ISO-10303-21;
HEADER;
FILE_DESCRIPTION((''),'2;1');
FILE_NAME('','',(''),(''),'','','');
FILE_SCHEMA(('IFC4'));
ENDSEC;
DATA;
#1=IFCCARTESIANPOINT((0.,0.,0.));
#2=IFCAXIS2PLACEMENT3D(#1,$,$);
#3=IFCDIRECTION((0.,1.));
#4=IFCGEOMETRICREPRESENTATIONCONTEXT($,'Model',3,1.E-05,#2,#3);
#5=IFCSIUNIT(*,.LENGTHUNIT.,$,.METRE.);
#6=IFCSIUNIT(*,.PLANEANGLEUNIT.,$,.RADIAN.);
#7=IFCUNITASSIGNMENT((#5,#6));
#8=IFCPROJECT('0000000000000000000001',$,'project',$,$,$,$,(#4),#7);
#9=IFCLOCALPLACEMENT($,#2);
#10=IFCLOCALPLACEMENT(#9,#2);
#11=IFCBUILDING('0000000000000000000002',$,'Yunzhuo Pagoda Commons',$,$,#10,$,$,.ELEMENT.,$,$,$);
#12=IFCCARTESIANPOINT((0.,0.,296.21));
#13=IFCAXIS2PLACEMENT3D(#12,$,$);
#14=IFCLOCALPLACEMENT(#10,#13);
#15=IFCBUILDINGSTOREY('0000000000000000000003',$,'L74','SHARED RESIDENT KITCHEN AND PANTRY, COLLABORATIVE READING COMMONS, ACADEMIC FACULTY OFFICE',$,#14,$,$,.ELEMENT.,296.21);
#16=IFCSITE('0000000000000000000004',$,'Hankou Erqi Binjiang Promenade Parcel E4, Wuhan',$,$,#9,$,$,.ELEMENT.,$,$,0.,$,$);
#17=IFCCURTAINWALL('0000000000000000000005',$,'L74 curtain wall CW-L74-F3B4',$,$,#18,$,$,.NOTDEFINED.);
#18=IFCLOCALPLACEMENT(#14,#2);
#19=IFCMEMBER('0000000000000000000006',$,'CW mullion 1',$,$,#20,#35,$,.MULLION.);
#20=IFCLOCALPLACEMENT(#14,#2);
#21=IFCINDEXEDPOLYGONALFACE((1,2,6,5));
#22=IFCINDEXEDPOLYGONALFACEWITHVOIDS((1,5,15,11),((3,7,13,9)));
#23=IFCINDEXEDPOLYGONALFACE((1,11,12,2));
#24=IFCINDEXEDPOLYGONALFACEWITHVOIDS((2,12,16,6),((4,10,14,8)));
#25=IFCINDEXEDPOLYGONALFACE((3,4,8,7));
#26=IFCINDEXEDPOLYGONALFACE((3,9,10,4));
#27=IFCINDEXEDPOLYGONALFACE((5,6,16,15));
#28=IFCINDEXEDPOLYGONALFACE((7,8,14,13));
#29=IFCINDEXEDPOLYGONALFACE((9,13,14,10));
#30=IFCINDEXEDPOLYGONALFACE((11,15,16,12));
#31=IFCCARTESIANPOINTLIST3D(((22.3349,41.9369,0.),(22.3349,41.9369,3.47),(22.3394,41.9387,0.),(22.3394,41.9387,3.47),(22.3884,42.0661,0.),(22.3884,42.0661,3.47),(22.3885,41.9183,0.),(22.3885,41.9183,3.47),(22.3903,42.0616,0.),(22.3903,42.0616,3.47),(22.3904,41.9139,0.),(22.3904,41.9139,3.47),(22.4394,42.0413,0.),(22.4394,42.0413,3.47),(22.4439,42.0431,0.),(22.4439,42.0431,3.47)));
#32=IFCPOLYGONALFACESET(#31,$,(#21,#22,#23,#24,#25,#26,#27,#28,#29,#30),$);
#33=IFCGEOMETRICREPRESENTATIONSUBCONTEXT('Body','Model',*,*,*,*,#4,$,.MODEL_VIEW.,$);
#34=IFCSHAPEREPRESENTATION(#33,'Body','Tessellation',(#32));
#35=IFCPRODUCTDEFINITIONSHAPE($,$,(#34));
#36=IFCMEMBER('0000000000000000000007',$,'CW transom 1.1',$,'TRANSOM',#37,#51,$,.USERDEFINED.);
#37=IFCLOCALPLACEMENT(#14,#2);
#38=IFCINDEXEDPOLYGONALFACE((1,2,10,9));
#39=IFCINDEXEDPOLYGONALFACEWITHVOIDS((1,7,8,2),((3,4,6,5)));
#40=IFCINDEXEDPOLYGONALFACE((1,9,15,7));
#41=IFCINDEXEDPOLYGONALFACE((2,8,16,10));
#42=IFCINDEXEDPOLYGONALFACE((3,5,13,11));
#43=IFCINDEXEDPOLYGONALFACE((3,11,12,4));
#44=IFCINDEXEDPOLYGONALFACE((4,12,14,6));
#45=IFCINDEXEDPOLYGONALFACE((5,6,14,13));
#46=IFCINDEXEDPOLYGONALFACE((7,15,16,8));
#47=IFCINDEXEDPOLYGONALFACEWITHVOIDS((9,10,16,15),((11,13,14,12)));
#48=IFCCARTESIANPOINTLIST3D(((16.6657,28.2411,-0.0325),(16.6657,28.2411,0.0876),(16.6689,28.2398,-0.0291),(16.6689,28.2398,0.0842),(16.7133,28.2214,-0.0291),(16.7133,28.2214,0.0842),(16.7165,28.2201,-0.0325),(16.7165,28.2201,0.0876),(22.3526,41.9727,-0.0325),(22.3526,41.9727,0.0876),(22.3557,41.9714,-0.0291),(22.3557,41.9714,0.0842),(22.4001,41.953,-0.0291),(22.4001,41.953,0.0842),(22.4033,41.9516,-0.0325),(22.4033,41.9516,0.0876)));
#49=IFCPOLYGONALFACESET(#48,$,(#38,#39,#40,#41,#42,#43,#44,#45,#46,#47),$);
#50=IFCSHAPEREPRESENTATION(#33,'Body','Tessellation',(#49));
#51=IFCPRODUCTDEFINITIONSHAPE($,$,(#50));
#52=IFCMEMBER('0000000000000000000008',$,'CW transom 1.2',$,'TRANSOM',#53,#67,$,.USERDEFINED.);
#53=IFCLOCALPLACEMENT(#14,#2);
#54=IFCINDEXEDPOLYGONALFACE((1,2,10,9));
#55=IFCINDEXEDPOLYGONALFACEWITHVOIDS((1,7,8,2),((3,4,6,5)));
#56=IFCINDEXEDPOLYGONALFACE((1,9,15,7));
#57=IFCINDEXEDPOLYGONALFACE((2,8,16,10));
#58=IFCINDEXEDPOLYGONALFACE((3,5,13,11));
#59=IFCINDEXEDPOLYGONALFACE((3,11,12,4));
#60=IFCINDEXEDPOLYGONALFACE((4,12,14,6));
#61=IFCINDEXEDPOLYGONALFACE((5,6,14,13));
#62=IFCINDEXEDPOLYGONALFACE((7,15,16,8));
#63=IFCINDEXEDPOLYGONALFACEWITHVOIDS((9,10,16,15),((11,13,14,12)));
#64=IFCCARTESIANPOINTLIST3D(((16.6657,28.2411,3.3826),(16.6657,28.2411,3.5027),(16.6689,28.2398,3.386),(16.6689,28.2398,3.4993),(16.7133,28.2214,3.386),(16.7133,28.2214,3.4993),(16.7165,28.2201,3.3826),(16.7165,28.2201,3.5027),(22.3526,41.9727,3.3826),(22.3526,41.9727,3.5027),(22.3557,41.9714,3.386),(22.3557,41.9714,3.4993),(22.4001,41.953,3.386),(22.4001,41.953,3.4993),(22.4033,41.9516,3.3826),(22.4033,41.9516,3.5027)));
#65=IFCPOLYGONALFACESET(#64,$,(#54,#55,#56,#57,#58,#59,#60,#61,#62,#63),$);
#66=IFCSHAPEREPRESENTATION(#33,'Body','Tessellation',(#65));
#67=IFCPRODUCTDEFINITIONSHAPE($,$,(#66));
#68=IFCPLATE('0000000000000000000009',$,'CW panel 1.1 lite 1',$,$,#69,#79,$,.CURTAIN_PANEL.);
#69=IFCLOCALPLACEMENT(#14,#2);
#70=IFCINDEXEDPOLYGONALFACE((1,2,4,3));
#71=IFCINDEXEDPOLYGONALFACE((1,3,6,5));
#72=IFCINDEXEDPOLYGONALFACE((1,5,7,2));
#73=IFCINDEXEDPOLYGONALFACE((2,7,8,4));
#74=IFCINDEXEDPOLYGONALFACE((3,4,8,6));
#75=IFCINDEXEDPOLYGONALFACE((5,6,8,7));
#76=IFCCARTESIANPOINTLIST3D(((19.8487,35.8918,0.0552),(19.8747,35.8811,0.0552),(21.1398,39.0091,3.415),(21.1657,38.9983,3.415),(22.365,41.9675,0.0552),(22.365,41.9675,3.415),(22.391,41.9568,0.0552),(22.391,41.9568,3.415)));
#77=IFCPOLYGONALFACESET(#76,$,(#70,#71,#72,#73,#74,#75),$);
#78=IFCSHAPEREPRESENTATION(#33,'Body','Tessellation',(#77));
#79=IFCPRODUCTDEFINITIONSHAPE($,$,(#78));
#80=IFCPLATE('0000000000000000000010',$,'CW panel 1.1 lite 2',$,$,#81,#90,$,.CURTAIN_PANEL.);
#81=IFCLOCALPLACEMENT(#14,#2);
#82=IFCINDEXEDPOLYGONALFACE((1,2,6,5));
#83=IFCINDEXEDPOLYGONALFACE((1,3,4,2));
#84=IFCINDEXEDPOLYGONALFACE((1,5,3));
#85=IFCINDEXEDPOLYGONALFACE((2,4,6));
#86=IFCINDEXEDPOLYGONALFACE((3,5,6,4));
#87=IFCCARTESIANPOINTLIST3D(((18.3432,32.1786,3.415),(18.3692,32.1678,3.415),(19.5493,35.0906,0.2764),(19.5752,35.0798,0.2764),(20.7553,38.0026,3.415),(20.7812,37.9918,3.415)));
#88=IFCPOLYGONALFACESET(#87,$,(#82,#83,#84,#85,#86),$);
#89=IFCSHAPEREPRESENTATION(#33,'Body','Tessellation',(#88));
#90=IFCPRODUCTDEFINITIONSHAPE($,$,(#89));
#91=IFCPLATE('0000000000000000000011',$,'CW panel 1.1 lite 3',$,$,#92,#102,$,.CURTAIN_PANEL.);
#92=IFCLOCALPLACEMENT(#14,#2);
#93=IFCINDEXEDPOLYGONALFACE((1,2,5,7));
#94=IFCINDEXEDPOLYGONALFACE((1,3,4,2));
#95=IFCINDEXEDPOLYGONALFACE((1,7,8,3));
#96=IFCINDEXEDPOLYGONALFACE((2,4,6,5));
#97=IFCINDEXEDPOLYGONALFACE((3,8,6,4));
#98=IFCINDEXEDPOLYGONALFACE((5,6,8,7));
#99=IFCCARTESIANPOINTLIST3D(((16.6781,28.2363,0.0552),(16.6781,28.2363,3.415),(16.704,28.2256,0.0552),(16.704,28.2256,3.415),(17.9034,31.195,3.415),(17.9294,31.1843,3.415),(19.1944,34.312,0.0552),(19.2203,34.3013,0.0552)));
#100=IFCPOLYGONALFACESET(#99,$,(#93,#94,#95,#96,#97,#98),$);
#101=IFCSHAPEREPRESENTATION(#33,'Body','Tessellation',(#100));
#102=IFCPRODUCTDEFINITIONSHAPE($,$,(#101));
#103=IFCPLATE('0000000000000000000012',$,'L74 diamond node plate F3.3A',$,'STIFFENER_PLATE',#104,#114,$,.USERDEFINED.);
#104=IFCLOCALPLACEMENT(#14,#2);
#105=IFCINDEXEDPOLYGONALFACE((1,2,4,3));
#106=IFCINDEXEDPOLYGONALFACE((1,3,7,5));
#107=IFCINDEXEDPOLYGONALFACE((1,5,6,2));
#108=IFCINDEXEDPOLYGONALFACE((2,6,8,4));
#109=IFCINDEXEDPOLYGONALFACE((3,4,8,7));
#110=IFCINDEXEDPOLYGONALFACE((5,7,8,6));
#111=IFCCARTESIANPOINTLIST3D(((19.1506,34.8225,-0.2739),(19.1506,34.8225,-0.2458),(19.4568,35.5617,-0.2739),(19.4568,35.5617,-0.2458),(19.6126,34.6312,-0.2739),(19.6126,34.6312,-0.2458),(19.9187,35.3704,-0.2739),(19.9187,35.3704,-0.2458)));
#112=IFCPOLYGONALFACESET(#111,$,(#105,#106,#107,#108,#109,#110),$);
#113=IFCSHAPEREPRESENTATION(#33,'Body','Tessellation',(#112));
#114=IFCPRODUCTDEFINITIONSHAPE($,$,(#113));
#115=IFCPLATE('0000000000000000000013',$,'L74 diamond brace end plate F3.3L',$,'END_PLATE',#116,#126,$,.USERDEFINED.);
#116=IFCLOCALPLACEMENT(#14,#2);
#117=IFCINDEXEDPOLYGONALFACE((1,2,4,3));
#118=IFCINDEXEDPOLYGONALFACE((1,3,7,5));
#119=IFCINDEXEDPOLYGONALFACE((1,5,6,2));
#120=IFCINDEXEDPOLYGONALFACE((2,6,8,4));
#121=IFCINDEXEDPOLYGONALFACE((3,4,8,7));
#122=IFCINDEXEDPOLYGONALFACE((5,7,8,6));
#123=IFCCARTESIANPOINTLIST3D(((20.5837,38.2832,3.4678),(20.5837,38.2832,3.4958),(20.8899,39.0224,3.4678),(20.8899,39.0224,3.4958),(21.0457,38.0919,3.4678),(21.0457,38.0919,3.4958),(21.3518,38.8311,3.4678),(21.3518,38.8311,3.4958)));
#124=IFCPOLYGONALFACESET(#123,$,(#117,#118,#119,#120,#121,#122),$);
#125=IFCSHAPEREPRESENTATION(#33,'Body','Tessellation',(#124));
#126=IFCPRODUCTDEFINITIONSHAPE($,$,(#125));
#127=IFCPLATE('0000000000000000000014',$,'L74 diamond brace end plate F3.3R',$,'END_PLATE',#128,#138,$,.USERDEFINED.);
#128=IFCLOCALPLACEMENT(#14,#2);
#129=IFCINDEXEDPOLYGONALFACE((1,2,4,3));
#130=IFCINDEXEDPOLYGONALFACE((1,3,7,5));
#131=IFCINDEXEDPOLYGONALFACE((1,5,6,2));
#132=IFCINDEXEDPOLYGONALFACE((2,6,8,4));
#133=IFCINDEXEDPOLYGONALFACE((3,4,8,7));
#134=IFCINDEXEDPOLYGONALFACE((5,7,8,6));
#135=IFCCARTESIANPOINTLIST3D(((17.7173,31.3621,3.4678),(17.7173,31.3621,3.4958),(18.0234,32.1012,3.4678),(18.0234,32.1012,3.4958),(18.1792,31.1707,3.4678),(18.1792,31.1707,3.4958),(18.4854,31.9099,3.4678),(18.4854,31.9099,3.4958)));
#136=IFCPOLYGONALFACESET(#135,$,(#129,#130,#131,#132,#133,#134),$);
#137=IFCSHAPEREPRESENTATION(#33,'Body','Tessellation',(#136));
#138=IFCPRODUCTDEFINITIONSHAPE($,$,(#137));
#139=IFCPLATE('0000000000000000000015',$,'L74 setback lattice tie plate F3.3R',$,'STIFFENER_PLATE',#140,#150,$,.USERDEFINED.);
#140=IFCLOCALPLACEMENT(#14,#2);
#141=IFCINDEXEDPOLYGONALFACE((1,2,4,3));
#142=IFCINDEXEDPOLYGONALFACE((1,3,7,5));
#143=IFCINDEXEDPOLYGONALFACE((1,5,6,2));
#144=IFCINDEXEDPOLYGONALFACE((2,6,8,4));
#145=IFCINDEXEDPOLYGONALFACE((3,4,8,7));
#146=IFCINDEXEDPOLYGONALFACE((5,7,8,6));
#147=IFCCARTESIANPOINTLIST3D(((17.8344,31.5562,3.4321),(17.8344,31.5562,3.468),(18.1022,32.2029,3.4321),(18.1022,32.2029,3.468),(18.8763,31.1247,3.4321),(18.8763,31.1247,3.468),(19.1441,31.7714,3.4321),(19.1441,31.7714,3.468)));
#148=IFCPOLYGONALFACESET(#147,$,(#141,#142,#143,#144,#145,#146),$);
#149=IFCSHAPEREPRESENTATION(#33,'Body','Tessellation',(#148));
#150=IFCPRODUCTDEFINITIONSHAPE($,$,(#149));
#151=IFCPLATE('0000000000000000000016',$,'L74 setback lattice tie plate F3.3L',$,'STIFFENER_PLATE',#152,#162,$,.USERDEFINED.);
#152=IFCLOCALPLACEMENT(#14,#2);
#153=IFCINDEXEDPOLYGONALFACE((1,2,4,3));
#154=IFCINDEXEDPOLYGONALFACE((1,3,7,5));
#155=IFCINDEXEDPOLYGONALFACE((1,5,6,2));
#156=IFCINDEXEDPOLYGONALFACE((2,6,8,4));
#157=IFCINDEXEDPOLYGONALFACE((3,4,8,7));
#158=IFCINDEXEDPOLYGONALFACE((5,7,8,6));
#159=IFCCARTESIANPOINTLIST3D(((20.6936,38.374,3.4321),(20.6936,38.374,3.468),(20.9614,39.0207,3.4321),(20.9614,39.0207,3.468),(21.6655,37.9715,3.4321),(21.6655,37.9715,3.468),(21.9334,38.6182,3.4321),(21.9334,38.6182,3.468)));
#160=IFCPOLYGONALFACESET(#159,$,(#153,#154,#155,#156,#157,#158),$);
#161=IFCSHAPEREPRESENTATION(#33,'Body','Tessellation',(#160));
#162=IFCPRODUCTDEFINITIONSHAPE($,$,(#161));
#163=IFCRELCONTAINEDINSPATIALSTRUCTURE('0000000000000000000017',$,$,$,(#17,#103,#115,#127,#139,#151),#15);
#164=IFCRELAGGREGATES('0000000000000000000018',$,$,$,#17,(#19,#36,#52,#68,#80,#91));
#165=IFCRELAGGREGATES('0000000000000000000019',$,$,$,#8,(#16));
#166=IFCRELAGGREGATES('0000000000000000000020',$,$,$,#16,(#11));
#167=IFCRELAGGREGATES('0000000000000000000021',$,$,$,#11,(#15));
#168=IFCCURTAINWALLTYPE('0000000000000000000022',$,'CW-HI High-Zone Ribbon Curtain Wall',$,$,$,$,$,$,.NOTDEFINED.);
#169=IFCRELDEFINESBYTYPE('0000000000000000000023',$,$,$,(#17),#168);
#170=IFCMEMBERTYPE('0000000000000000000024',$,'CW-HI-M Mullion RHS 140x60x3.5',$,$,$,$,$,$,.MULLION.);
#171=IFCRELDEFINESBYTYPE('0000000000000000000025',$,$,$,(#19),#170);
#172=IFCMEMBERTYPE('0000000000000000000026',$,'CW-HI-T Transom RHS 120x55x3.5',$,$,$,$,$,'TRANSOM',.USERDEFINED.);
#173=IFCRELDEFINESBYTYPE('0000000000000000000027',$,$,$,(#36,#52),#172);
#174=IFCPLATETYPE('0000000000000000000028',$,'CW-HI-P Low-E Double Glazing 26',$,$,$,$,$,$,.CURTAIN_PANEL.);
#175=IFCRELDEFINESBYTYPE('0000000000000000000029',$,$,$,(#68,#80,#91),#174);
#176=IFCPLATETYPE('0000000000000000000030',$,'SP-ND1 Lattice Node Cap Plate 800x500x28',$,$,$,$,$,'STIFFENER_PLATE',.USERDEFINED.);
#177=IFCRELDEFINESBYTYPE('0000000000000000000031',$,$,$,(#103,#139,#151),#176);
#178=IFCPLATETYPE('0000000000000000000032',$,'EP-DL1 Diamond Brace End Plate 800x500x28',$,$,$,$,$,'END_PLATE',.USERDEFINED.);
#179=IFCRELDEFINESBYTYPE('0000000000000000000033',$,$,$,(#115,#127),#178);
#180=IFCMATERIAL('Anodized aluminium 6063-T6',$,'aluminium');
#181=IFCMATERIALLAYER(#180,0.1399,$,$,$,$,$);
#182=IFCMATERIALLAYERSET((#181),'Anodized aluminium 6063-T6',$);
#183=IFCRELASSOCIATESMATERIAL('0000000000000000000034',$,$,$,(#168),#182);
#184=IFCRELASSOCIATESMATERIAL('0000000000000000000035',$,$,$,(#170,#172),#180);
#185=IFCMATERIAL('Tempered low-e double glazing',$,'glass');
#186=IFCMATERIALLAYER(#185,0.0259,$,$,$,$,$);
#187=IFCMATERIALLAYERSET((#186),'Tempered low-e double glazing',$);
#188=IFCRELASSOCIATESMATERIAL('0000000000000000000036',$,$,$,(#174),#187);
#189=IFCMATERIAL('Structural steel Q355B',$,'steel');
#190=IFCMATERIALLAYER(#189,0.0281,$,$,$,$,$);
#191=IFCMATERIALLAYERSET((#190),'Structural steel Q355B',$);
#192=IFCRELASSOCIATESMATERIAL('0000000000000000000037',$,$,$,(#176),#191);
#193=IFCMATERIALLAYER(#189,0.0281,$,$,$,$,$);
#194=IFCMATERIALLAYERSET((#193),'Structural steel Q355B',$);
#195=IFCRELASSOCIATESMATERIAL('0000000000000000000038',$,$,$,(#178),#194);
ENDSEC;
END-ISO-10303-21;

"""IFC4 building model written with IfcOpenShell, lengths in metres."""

from ifc_helpers import new_model, si_unit, direction, frame, origin, origin_2d, place, context, subcontext, project, spatial, polyline, rectangle, hollow_rectangle, outline, extrude, source, transform, mapped, material, layer, layer_set, material_profile, profile_set, type_object, element, aggregate, save


model = new_model("IFC4")

# Units and contexts
model_context = context("Model", 3, precision=1e-05, world=origin(), true_north=direction((0.0, 1.0)))
body_context = subcontext(model_context, "Body", "Model", "MODEL_VIEW")
ifc_project = project(units=[si_unit("LENGTHUNIT", "METRE"), si_unit("PLANEANGLEUNIT", "RADIAN")], contexts=[model_context])

# Site, building, storey
site_placement = place(None, origin())
site = spatial("IfcSite", under=ifc_project, at=site_placement, Name="Hankou Erqi Binjiang Promenade Parcel E4, Wuhan", CompositionType="ELEMENT", RefElevation=0.0)
building_placement = place(site_placement, origin())
building = spatial("IfcBuilding", under=site, at=building_placement, Name="Yunzhuo Pagoda Commons", CompositionType="ELEMENT")
storey_placement = place(building_placement, frame((0.0, 0.0, 296.21)))
storey = spatial("IfcBuildingStorey", under=building, at=storey_placement, Name="L74", Description="SHARED RESIDENT KITCHEN AND PANTRY, COLLABORATIVE READING COMMONS, ACADEMIC FACULTY OFFICE", CompositionType="ELEMENT", Elevation=296.21)

# Shared definitions
ifc_material_1 = material(Name="Structural steel Q355B", Category="steel")

# Curtain wall, members, plates
ifc_material_2 = material(Name="Anodized aluminium 6063-T6", Category="aluminium")
ifc_layer_1 = layer(ifc_material_2, 0.1399)
ifc_layer_set_1 = layer_set([ifc_layer_1], Name="Anodized aluminium 6063-T6")
curtain_wall_type = type_object("IfcCurtainWallType", Name="CW-HI High-Zone Ribbon Curtain Wall", PredefinedType="NOTDEFINED", material=ifc_layer_set_1)
curtain_wall_placement = place(storey_placement, origin())
curtain_wall = element("IfcCurtainWall", 1, at=curtain_wall_placement, inside=storey, type_object=curtain_wall_type, Name="L74 curtain wall CW-L74-F3B4", PredefinedType="NOTDEFINED")
ifc_material_profile_1 = material_profile(ifc_material_2, hollow_rectangle(XDim=0.0601, YDim=0.1399, WallThickness=0.0034, at=origin_2d()), Name="Anodized aluminium 6063-T6")
ifc_profile_set_1 = profile_set([ifc_material_profile_1], Name="Anodized aluminium 6063-T6")
member_type_1 = type_object("IfcMemberType", Name="CW-HI-M Mullion RHS 140x60x3.5", PredefinedType="MULLION", material=ifc_profile_set_1)
shared_shape_1 = source(origin(), body_context, "Body", "SweptSolid", [
    extrude(hollow_rectangle(XDim=0.0601, YDim=0.1399, WallThickness=0.0034, at=origin_2d()), origin(), (0.0, 0.0, 1.0), 3.47),
])
member_1_placement = place(storey_placement, frame((22.3894, 41.99, 0.0), z_axis=(0.0, 0.0, 1.0), x_axis=(0.923899, -0.382636, 0.0)))
member_1 = element("IfcMember", 2, at=member_1_placement, type_object=member_type_1, Name="CW mullion 1", PredefinedType="MULLION", context=body_context, shape_type="MappedRepresentation", body=[
    mapped(shared_shape_1, transform((0.0, 0.0, 0.0), scale=1.0)),
])
ifc_material_profile_2 = material_profile(ifc_material_2, hollow_rectangle(XDim=0.0549, YDim=0.1201, WallThickness=0.0034, at=origin_2d()), Name="Anodized aluminium 6063-T6")
ifc_profile_set_2 = profile_set([ifc_material_profile_2], Name="Anodized aluminium 6063-T6")
member_type_2 = type_object("IfcMemberType", Name="CW-HI-T Transom RHS 120x55x3.5", ElementType="TRANSOM", PredefinedType="USERDEFINED", material=ifc_profile_set_2)
shared_shape_2 = source(origin(), body_context, "Body", "SweptSolid", [
    extrude(hollow_rectangle(XDim=0.0549, YDim=0.1201, WallThickness=0.0034, at=origin_2d()), origin(), (0.0, 0.0, 1.0), 14.8625),
])
member_2_placement = place(storey_placement, frame((22.3779, 41.9622, 0.0276), z_axis=(-0.382627, -0.923903, 0.0), x_axis=(0.923903, -0.382627, 0.0)))
member_2 = element("IfcMember", 3, at=member_2_placement, type_object=member_type_2, Name="CW transom 1.1", ObjectType="TRANSOM", PredefinedType="USERDEFINED", context=body_context, shape_type="MappedRepresentation", body=[
    mapped(shared_shape_2, transform((0.0, 0.0, 0.0), scale=1.0)),
])
member_3_placement = place(storey_placement, frame((22.3779, 41.9622, 3.4426), z_axis=(-0.382627, -0.923903, 0.0), x_axis=(0.923903, -0.382627, 0.0)))
member_3 = element("IfcMember", 4, at=member_3_placement, type_object=member_type_2, Name="CW transom 1.2", ObjectType="TRANSOM", PredefinedType="USERDEFINED", context=body_context, shape_type="MappedRepresentation", body=[
    mapped(shared_shape_2, transform((0.0, 0.0, 0.0), scale=1.0)),
])
ifc_material_3 = material(Name="Tempered low-e double glazing", Category="glass")
ifc_layer_2 = layer(ifc_material_3, 0.0259)
ifc_layer_set_2 = layer_set([ifc_layer_2], Name="Tempered low-e double glazing")
plate_type_1 = type_object("IfcPlateType", Name="CW-HI-P Low-E Double Glazing 26", PredefinedType="CURTAIN_PANEL", material=ifc_layer_set_2)
plate_1_placement = place(storey_placement, frame((21.1328, 38.9189, 1.7351), z_axis=(-0.923899, 0.382636, 0.0), x_axis=(-0.382636, -0.923899, 0.0)))
plate_1 = element("IfcPlate", 5, at=plate_1_placement, type_object=plate_type_1, Name="CW panel 1.1 lite 1", PredefinedType="CURTAIN_PANEL", context=body_context, shape_type="SweptSolid", body=[
    extrude(outline(polyline([(-3.2881, -1.6799), (3.2881, -1.6799), (-0.0859, 1.6799), (-3.2881, 1.6799), (-3.2881, -1.6799)])), origin(), (0.0, 0.0, 1.0), 0.0281),
])
plate_2_placement = place(storey_placement, frame((19.5752, 35.0798, 1.8457), z_axis=(-0.923899, 0.382636, 0.0), x_axis=(-0.382636, -0.923899, 0.0)))
plate_2 = element("IfcPlate", 6, at=plate_2_placement, type_object=plate_type_1, Name="CW panel 1.1 lite 2", PredefinedType="CURTAIN_PANEL", context=body_context, shape_type="SweptSolid", body=[
    extrude(outline(polyline([(-3.1519, 1.5693), (0.0, -1.5693), (3.1519, 1.5693), (-3.1519, 1.5693)])), origin(), (0.0, 0.0, 1.0), 0.0281),
])
plate_3_placement = place(storey_placement, frame((17.9622, 31.2634, 1.7351), z_axis=(-0.923899, 0.382636, 0.0), x_axis=(-0.382636, -0.923899, 0.0)))
plate_3 = element("IfcPlate", 7, at=plate_3_placement, type_object=plate_type_1, Name="CW panel 1.1 lite 3", PredefinedType="CURTAIN_PANEL", context=body_context, shape_type="SweptSolid", body=[
    extrude(outline(polyline([(-3.2881, -1.6799), (3.2881, -1.6799), (3.2881, 1.6799), (0.0857, 1.6799), (-3.2881, -1.6799)])), origin(), (0.0, 0.0, 1.0), 0.0281),
])
aggregate(curtain_wall, [member_1, member_2, member_3, plate_1, plate_2, plate_3])

# Plates
ifc_layer_3 = layer(ifc_material_1, 0.0281)
ifc_layer_set_3 = layer_set([ifc_layer_3], Name="Structural steel Q355B")
plate_type_2 = type_object("IfcPlateType", Name="SP-ND1 Lattice Node Cap Plate 800x500x28", ElementType="STIFFENER_PLATE", PredefinedType="USERDEFINED", material=ifc_layer_set_3)
shared_shape_3 = source(origin(), body_context, "Body", "SweptSolid", [
    extrude(rectangle(XDim=0.8, YDim=0.5, at=origin_2d()), origin(), (0.0, 0.0, 1.0), 0.0281),
])
plate_4_placement = place(storey_placement, frame((19.5347, 35.0964, -0.2739), z_axis=(0.0, 0.0, 1.0), x_axis=(-0.382635, -0.9239, 0.0)))
element("IfcPlate", 8, at=plate_4_placement, inside=storey, type_object=plate_type_2, Name="L74 diamond node plate F3.3A", ObjectType="STIFFENER_PLATE", PredefinedType="USERDEFINED", context=body_context, shape_type="MappedRepresentation", body=[
    mapped(shared_shape_3, transform((0.0, 0.0, 0.0), scale=1.0)),
])
ifc_layer_4 = layer(ifc_material_1, 0.0281)
ifc_layer_set_4 = layer_set([ifc_layer_4], Name="Structural steel Q355B")
plate_type_3 = type_object("IfcPlateType", Name="EP-DL1 Diamond Brace End Plate 800x500x28", ElementType="END_PLATE", PredefinedType="USERDEFINED", material=ifc_layer_set_4)
for number, where, z_axis, x_axis, name in (
    (9, (20.9678, 38.5571, 3.4678), (0.0, 0.0, 1.0), (-0.382635, -0.9239, 0.0), "L74 diamond brace end plate F3.3L"),
    (10, (18.1013, 31.636, 3.4678), (0.0, 0.0, 1.0), (-0.382635, -0.9239, 0.0), "L74 diamond brace end plate F3.3R"),
):
    element("IfcPlate", number, at=place(storey_placement, frame(where, z_axis=z_axis, x_axis=x_axis)), inside=storey, type_object=plate_type_3, Name=name, ObjectType="END_PLATE", PredefinedType="USERDEFINED", context=body_context, shape_type="MappedRepresentation", body=[
        mapped(shared_shape_3, transform((0.0, 0.0, 0.0), scale=1.0)),
    ])
shared_shape_4 = source(origin(), body_context, "Body", "SweptSolid", [
    extrude(rectangle(XDim=0.7, YDim=1.1277, at=origin_2d()), origin(), (0.0, 0.0, 1.0), 0.0359),
])
plate_5_placement = place(storey_placement, frame((18.4893, 31.6638, 3.4321), z_axis=(0.0, 0.0, 1.0), x_axis=(-0.382635, -0.9239, 0.0)))
element("IfcPlate", 11, at=plate_5_placement, inside=storey, type_object=plate_type_2, Name="L74 setback lattice tie plate F3.3R", ObjectType="STIFFENER_PLATE", PredefinedType="USERDEFINED", context=body_context, shape_type="MappedRepresentation", body=[
    mapped(shared_shape_4, transform((0.0, 0.0, 0.0), scale=1.0)),
])
shared_shape_5 = source(origin(), body_context, "Body", "SweptSolid", [
    extrude(rectangle(XDim=0.7, YDim=1.052, at=origin_2d()), origin(), (0.0, 0.0, 1.0), 0.0359),
])
plate_6_placement = place(storey_placement, frame((21.3135, 38.4961, 3.4321), z_axis=(0.0, 0.0, 1.0), x_axis=(-0.382635, -0.9239, 0.0)))
element("IfcPlate", 12, at=plate_6_placement, inside=storey, type_object=plate_type_2, Name="L74 setback lattice tie plate F3.3L", ObjectType="STIFFENER_PLATE", PredefinedType="USERDEFINED", context=body_context, shape_type="MappedRepresentation", body=[
    mapped(shared_shape_5, transform((0.0, 0.0, 0.0), scale=1.0)),
])

save(model, "model.ifc")
